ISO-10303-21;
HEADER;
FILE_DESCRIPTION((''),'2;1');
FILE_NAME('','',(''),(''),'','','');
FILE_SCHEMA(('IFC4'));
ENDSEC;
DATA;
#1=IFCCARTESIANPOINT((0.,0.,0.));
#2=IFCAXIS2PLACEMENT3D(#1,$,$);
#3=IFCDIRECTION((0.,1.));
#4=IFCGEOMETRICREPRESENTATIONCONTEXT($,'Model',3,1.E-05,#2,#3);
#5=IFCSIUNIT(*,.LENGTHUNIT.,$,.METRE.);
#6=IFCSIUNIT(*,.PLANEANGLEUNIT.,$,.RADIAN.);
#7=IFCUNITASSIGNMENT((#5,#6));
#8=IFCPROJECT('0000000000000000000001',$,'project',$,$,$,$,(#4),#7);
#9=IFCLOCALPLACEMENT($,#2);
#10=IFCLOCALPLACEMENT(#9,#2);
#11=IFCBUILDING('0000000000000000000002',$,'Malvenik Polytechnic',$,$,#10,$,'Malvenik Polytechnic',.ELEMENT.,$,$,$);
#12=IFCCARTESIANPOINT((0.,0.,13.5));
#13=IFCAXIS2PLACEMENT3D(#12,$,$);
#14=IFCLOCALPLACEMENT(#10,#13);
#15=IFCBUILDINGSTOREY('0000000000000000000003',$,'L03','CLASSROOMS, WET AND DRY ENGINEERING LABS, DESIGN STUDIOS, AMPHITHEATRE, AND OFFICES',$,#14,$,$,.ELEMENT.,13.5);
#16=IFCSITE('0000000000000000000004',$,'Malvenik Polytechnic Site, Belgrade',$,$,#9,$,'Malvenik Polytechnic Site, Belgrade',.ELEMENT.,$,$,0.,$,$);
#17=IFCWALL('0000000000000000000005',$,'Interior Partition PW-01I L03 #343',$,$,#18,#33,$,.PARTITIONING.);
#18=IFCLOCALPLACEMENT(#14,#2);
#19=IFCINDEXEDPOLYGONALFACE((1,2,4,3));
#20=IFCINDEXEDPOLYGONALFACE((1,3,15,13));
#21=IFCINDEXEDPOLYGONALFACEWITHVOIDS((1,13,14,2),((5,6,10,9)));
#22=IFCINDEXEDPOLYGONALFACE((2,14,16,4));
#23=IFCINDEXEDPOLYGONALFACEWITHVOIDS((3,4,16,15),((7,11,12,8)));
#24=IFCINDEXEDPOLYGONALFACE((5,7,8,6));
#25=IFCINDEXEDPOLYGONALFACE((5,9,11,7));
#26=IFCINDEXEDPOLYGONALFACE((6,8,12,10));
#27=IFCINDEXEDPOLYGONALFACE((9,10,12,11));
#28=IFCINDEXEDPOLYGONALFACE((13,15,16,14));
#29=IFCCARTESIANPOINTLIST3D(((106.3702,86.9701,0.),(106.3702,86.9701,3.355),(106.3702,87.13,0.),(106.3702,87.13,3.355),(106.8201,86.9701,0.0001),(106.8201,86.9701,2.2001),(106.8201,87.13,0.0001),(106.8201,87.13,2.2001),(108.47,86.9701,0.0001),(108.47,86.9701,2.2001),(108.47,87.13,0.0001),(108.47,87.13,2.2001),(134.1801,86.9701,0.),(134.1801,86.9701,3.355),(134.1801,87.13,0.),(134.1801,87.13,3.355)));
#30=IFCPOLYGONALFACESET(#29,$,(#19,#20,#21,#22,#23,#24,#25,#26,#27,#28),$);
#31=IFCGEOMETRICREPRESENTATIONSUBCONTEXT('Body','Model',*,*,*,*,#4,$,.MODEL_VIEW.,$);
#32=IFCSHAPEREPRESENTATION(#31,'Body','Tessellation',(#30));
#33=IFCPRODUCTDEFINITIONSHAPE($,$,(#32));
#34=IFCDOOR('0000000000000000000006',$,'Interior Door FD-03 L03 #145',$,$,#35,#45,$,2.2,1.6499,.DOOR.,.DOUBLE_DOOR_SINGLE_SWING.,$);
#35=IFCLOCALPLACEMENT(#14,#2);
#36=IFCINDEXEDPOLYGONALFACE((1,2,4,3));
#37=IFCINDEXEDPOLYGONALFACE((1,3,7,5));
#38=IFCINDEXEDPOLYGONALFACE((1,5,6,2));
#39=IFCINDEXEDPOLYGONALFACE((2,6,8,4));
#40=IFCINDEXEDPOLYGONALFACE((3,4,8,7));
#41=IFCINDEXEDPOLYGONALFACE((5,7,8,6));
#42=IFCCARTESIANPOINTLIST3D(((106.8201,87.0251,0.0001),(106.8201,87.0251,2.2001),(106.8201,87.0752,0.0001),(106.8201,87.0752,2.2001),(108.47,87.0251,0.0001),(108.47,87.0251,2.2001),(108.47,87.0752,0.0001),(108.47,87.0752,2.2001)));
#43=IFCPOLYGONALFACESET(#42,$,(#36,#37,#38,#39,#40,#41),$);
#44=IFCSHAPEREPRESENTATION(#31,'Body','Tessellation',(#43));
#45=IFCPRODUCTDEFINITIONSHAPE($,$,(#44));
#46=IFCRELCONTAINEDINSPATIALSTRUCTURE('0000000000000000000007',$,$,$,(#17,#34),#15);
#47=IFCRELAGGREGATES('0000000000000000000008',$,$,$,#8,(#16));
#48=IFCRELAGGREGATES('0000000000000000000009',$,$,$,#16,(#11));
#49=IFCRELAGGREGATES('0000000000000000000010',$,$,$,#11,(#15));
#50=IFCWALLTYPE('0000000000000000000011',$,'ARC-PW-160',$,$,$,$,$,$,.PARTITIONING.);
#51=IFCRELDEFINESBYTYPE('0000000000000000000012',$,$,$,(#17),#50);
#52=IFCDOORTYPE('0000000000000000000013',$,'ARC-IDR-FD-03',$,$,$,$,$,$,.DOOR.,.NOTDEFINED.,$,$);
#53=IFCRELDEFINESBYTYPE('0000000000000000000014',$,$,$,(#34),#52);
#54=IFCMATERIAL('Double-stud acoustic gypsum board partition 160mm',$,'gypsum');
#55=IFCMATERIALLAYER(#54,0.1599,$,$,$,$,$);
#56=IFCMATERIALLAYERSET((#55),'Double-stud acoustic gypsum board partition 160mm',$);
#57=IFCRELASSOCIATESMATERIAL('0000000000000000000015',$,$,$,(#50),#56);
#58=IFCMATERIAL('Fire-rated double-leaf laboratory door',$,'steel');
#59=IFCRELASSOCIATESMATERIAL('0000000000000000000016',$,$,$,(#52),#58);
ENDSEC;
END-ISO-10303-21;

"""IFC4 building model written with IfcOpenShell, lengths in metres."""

from ifc_helpers import new_model, si_unit, direction, frame, frame_2d, origin, place, context, subcontext, project, spatial, rectangle, extrude, material, layer, layer_set, type_object, element, fill, save


model = new_model("IFC4")

# Units and contexts
model_context = context("Model", 3, precision=1e-05, world=origin(), true_north=direction((0.0, 1.0)))
body_context = subcontext(model_context, "Body", "Model", "MODEL_VIEW")
ifc_project = project(units=[si_unit("LENGTHUNIT", "METRE"), si_unit("PLANEANGLEUNIT", "RADIAN")], contexts=[model_context])

# Site, building, storey
site_placement = place(None, origin())
site = spatial("IfcSite", under=ifc_project, at=site_placement, Name="Malvenik Polytechnic Site, Belgrade", LongName="Malvenik Polytechnic Site, Belgrade", CompositionType="ELEMENT", RefElevation=0.0)
building_placement = place(site_placement, origin())
building = spatial("IfcBuilding", under=site, at=building_placement, Name="Malvenik Polytechnic", LongName="Malvenik Polytechnic", CompositionType="ELEMENT")
storey_placement = place(building_placement, frame((0.0, 0.0, 13.5)))
storey = spatial("IfcBuildingStorey", under=building, at=storey_placement, Name="L03", Description="CLASSROOMS, WET AND DRY ENGINEERING LABS, DESIGN STUDIOS, AMPHITHEATRE, AND OFFICES", CompositionType="ELEMENT", Elevation=13.5)

# Wall, opening, door
ifc_material_1 = material(Name="Double-stud acoustic gypsum board partition 160mm", Category="gypsum")
ifc_layer_1 = layer(ifc_material_1, 0.1599)
ifc_layer_set_1 = layer_set([ifc_layer_1], Name="Double-stud acoustic gypsum board partition 160mm")
wall_type_1 = type_object("IfcWallType", Name="ARC-PW-160", PredefinedType="PARTITIONING", material=ifc_layer_set_1)
wall_1_placement = place(storey_placement, frame((134.1799, 87.05, 0.0), z_axis=(0.0, 0.0, 1.0), x_axis=(-1.0, 0.0, 0.0)))
wall_1 = element("IfcWall", 1, at=wall_1_placement, inside=storey, type_object=wall_type_1, Name="Interior Partition PW-01I L03 #343", PredefinedType="PARTITIONING", context=body_context, shape_type="SweptSolid", body=[
    extrude(rectangle(XDim=27.8098, YDim=0.1599, at=frame_2d((13.9048, 0.0))), origin(), (0.0, 0.0, 1.0), 3.355),
])
opening_placement = place(wall_1_placement, frame((25.71, 0.0, 0.0)))
opening = element("IfcOpeningElement", 2, at=opening_placement, cuts=wall_1, PredefinedType="OPENING", context=body_context, shape_type="SweptSolid", body=[
    extrude(rectangle(XDim=1.6499, YDim=2.2, at=frame_2d((0.825, 1.1001))), frame((0.0, 0.0898, 0.0), z_axis=(0.0, -1.0, 0.0), x_axis=(1.0, 0.0, 0.0)), (0.0, 0.0, 1.0), 0.1799),
])
ifc_material_2 = material(Name="Fire-rated double-leaf laboratory door", Category="steel")
door_type = type_object("IfcDoorType", Name="ARC-IDR-FD-03", OperationType="NOTDEFINED", PredefinedType="DOOR", material=ifc_material_2)
door_placement = place(opening_placement, origin())
door = element("IfcDoor", 3, at=door_placement, inside=storey, type_object=door_type, Name="Interior Door FD-03 L03 #145", OperationType="DOUBLE_DOOR_SINGLE_SWING", OverallHeight=2.2, OverallWidth=1.6499, PredefinedType="DOOR", context=body_context, shape_type="SweptSolid", body=[
    extrude(rectangle(XDim=1.6499, YDim=2.2, at=frame_2d((0.825, 1.1001))), frame((0.0, 0.0249, 0.0), z_axis=(0.0, -1.0, 0.0), x_axis=(1.0, 0.0, 0.0)), (0.0, 0.0, 1.0), 0.05),
])
fill(opening, door)

save(model, "model.ifc")
